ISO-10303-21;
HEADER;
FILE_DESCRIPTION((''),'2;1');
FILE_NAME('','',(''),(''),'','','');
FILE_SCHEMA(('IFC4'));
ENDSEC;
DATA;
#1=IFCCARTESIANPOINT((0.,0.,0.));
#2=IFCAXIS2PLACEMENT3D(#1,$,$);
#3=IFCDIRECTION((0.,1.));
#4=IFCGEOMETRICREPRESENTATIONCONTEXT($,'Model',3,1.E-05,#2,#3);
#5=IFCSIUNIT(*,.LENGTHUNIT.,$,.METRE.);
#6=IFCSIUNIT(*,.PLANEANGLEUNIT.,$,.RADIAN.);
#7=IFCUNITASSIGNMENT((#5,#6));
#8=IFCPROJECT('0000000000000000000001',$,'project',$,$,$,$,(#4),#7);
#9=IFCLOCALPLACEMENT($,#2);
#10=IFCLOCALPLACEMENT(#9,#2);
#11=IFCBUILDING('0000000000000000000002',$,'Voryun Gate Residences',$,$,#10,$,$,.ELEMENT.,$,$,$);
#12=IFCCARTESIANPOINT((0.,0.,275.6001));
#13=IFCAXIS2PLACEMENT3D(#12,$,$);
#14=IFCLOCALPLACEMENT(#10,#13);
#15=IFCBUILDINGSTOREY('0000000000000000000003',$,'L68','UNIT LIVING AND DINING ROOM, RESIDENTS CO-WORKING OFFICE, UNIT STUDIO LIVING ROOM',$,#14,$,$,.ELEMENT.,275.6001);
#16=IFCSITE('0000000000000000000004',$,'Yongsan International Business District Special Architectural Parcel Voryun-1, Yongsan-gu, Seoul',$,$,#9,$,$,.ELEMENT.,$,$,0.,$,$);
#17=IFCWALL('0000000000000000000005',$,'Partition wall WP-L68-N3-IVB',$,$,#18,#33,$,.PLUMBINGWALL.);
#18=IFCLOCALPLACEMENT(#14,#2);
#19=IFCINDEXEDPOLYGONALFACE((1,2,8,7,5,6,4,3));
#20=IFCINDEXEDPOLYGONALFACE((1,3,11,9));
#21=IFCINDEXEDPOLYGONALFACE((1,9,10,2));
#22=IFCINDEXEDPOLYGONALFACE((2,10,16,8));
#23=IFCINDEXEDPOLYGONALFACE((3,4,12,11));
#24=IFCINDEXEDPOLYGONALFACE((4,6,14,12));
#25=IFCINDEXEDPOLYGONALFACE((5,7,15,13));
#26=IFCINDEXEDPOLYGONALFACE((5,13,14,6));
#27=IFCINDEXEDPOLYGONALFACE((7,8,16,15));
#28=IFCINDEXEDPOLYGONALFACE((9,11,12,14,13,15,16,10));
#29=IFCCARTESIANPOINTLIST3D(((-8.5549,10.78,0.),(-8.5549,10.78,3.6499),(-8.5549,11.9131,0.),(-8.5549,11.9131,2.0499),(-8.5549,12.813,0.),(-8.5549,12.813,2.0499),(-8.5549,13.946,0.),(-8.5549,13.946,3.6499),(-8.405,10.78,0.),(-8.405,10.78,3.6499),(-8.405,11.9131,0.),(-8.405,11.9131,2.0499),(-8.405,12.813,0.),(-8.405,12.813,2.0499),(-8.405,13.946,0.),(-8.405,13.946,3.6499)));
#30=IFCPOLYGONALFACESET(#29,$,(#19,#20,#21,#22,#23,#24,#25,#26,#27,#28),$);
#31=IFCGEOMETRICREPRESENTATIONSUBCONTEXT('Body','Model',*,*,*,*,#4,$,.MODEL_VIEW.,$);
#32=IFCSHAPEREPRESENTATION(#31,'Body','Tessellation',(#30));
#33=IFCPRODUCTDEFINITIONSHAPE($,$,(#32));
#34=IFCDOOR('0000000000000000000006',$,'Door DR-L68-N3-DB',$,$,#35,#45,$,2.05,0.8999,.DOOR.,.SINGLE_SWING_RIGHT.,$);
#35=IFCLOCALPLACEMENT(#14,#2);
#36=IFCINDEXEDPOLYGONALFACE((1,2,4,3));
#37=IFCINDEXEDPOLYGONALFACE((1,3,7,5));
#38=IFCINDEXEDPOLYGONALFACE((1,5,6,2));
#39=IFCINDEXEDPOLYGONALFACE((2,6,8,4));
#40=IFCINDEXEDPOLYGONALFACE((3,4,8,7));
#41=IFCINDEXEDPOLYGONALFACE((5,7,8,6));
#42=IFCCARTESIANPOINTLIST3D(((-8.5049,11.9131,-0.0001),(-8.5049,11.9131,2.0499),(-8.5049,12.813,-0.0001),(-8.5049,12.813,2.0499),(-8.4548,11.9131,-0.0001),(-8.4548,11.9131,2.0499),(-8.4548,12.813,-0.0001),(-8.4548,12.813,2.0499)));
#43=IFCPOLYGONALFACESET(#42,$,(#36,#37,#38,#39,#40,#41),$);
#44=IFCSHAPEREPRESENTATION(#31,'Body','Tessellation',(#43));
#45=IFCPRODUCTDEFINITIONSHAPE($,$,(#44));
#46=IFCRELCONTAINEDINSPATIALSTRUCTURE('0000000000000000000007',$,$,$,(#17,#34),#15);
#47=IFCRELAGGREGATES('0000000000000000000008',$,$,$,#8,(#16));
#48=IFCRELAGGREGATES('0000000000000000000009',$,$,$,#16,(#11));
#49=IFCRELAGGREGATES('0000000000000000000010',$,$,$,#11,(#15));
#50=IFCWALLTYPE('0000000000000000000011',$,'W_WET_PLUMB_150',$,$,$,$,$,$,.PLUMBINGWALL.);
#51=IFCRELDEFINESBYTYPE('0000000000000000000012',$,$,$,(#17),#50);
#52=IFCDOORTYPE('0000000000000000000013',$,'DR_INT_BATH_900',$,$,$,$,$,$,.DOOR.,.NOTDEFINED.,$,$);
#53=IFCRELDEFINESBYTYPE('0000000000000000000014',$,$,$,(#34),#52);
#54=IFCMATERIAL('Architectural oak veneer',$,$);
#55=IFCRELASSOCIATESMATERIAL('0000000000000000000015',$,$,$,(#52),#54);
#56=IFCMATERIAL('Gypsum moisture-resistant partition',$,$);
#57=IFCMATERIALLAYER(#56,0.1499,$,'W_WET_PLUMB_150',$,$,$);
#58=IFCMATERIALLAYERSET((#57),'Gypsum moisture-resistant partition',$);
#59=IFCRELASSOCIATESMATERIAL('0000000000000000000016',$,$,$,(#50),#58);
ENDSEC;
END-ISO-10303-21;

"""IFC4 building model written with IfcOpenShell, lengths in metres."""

from ifc_helpers import new_model, si_unit, direction, frame, frame_2d, origin, place, context, subcontext, project, spatial, rectangle, extrude, material, layer, layer_set, type_object, element, fill, save


model = new_model("IFC4")

# Units and contexts
model_context = context("Model", 3, precision=1e-05, world=origin(), true_north=direction((0.0, 1.0)))
body_context = subcontext(model_context, "Body", "Model", "MODEL_VIEW")
ifc_project = project(units=[si_unit("LENGTHUNIT", "METRE"), si_unit("PLANEANGLEUNIT", "RADIAN")], contexts=[model_context])

# Site, building, storey
site_placement = place(None, origin())
site = spatial("IfcSite", under=ifc_project, at=site_placement, Name="Yongsan International Business District Special Architectural Parcel Voryun-1, Yongsan-gu, Seoul", CompositionType="ELEMENT", RefElevation=0.0)
building_placement = place(site_placement, origin())
building = spatial("IfcBuilding", under=site, at=building_placement, Name="Voryun Gate Residences", CompositionType="ELEMENT")
storey_placement = place(building_placement, frame((0.0, 0.0, 275.6001)))
storey = spatial("IfcBuildingStorey", under=building, at=storey_placement, Name="L68", Description="UNIT LIVING AND DINING ROOM, RESIDENTS CO-WORKING OFFICE, UNIT STUDIO LIVING ROOM", CompositionType="ELEMENT", Elevation=275.6001)

# Shared definitions
ifc_material_1 = material(Name="Architectural oak veneer")
door_type_1 = type_object("IfcDoorType", Name="DR_INT_BATH_900", OperationType="NOTDEFINED", PredefinedType="DOOR", material=ifc_material_1)

# Shared definitions
ifc_material_2 = material(Name="Gypsum moisture-resistant partition")
ifc_layer_1 = layer(ifc_material_2, 0.1499, Name="W_WET_PLUMB_150")
ifc_layer_set_1 = layer_set([ifc_layer_1], Name="Gypsum moisture-resistant partition")
wall_type_1 = type_object("IfcWallType", Name="W_WET_PLUMB_150", PredefinedType="PLUMBINGWALL", material=ifc_layer_set_1)

# Wall, opening, door
wall_1_placement = place(storey_placement, frame((-8.48, 10.78, 0.0), z_axis=(0.0, 0.0, 1.0), x_axis=(0.0, 1.0, 0.0)))
wall_1 = element("IfcWall", 1, at=wall_1_placement, inside=storey, type_object=wall_type_1, Name="Partition wall WP-L68-N3-IVB", PredefinedType="PLUMBINGWALL", context=body_context, shape_type="SweptSolid", body=[
    extrude(rectangle(XDim=3.166, YDim=0.1499, at=frame_2d((1.583, 0.0))), origin(), (0.0, 0.0, 1.0), 3.6499),
])
opening_1_placement = place(wall_1_placement, frame((1.1331, 0.0, 0.0)))
opening_1 = element("IfcOpeningElement", 2, at=opening_1_placement, cuts=wall_1, PredefinedType="OPENING", context=body_context, shape_type="SweptSolid", body=[
    extrude(rectangle(XDim=0.8999, YDim=2.05, at=frame_2d((0.45, 1.0249))), frame((0.0, 0.085, 0.0), z_axis=(0.0, -1.0, 0.0), x_axis=(1.0, 0.0, 0.0)), (0.0, 0.0, 1.0), 0.1699),
])
door_1_placement = place(opening_1_placement, origin())
door_1 = element("IfcDoor", 3, at=door_1_placement, inside=storey, type_object=door_type_1, Name="Door DR-L68-N3-DB", OperationType="SINGLE_SWING_RIGHT", OverallHeight=2.05, OverallWidth=0.8999, PredefinedType="DOOR", context=body_context, shape_type="SweptSolid", body=[
    extrude(rectangle(XDim=0.8999, YDim=2.05, at=frame_2d((0.45, 1.0249))), frame((0.0, 0.0249, 0.0), z_axis=(0.0, -1.0, 0.0), x_axis=(1.0, 0.0, 0.0)), (0.0, 0.0, 1.0), 0.05),
])
fill(opening_1, door_1)

save(model, "model.ifc")
